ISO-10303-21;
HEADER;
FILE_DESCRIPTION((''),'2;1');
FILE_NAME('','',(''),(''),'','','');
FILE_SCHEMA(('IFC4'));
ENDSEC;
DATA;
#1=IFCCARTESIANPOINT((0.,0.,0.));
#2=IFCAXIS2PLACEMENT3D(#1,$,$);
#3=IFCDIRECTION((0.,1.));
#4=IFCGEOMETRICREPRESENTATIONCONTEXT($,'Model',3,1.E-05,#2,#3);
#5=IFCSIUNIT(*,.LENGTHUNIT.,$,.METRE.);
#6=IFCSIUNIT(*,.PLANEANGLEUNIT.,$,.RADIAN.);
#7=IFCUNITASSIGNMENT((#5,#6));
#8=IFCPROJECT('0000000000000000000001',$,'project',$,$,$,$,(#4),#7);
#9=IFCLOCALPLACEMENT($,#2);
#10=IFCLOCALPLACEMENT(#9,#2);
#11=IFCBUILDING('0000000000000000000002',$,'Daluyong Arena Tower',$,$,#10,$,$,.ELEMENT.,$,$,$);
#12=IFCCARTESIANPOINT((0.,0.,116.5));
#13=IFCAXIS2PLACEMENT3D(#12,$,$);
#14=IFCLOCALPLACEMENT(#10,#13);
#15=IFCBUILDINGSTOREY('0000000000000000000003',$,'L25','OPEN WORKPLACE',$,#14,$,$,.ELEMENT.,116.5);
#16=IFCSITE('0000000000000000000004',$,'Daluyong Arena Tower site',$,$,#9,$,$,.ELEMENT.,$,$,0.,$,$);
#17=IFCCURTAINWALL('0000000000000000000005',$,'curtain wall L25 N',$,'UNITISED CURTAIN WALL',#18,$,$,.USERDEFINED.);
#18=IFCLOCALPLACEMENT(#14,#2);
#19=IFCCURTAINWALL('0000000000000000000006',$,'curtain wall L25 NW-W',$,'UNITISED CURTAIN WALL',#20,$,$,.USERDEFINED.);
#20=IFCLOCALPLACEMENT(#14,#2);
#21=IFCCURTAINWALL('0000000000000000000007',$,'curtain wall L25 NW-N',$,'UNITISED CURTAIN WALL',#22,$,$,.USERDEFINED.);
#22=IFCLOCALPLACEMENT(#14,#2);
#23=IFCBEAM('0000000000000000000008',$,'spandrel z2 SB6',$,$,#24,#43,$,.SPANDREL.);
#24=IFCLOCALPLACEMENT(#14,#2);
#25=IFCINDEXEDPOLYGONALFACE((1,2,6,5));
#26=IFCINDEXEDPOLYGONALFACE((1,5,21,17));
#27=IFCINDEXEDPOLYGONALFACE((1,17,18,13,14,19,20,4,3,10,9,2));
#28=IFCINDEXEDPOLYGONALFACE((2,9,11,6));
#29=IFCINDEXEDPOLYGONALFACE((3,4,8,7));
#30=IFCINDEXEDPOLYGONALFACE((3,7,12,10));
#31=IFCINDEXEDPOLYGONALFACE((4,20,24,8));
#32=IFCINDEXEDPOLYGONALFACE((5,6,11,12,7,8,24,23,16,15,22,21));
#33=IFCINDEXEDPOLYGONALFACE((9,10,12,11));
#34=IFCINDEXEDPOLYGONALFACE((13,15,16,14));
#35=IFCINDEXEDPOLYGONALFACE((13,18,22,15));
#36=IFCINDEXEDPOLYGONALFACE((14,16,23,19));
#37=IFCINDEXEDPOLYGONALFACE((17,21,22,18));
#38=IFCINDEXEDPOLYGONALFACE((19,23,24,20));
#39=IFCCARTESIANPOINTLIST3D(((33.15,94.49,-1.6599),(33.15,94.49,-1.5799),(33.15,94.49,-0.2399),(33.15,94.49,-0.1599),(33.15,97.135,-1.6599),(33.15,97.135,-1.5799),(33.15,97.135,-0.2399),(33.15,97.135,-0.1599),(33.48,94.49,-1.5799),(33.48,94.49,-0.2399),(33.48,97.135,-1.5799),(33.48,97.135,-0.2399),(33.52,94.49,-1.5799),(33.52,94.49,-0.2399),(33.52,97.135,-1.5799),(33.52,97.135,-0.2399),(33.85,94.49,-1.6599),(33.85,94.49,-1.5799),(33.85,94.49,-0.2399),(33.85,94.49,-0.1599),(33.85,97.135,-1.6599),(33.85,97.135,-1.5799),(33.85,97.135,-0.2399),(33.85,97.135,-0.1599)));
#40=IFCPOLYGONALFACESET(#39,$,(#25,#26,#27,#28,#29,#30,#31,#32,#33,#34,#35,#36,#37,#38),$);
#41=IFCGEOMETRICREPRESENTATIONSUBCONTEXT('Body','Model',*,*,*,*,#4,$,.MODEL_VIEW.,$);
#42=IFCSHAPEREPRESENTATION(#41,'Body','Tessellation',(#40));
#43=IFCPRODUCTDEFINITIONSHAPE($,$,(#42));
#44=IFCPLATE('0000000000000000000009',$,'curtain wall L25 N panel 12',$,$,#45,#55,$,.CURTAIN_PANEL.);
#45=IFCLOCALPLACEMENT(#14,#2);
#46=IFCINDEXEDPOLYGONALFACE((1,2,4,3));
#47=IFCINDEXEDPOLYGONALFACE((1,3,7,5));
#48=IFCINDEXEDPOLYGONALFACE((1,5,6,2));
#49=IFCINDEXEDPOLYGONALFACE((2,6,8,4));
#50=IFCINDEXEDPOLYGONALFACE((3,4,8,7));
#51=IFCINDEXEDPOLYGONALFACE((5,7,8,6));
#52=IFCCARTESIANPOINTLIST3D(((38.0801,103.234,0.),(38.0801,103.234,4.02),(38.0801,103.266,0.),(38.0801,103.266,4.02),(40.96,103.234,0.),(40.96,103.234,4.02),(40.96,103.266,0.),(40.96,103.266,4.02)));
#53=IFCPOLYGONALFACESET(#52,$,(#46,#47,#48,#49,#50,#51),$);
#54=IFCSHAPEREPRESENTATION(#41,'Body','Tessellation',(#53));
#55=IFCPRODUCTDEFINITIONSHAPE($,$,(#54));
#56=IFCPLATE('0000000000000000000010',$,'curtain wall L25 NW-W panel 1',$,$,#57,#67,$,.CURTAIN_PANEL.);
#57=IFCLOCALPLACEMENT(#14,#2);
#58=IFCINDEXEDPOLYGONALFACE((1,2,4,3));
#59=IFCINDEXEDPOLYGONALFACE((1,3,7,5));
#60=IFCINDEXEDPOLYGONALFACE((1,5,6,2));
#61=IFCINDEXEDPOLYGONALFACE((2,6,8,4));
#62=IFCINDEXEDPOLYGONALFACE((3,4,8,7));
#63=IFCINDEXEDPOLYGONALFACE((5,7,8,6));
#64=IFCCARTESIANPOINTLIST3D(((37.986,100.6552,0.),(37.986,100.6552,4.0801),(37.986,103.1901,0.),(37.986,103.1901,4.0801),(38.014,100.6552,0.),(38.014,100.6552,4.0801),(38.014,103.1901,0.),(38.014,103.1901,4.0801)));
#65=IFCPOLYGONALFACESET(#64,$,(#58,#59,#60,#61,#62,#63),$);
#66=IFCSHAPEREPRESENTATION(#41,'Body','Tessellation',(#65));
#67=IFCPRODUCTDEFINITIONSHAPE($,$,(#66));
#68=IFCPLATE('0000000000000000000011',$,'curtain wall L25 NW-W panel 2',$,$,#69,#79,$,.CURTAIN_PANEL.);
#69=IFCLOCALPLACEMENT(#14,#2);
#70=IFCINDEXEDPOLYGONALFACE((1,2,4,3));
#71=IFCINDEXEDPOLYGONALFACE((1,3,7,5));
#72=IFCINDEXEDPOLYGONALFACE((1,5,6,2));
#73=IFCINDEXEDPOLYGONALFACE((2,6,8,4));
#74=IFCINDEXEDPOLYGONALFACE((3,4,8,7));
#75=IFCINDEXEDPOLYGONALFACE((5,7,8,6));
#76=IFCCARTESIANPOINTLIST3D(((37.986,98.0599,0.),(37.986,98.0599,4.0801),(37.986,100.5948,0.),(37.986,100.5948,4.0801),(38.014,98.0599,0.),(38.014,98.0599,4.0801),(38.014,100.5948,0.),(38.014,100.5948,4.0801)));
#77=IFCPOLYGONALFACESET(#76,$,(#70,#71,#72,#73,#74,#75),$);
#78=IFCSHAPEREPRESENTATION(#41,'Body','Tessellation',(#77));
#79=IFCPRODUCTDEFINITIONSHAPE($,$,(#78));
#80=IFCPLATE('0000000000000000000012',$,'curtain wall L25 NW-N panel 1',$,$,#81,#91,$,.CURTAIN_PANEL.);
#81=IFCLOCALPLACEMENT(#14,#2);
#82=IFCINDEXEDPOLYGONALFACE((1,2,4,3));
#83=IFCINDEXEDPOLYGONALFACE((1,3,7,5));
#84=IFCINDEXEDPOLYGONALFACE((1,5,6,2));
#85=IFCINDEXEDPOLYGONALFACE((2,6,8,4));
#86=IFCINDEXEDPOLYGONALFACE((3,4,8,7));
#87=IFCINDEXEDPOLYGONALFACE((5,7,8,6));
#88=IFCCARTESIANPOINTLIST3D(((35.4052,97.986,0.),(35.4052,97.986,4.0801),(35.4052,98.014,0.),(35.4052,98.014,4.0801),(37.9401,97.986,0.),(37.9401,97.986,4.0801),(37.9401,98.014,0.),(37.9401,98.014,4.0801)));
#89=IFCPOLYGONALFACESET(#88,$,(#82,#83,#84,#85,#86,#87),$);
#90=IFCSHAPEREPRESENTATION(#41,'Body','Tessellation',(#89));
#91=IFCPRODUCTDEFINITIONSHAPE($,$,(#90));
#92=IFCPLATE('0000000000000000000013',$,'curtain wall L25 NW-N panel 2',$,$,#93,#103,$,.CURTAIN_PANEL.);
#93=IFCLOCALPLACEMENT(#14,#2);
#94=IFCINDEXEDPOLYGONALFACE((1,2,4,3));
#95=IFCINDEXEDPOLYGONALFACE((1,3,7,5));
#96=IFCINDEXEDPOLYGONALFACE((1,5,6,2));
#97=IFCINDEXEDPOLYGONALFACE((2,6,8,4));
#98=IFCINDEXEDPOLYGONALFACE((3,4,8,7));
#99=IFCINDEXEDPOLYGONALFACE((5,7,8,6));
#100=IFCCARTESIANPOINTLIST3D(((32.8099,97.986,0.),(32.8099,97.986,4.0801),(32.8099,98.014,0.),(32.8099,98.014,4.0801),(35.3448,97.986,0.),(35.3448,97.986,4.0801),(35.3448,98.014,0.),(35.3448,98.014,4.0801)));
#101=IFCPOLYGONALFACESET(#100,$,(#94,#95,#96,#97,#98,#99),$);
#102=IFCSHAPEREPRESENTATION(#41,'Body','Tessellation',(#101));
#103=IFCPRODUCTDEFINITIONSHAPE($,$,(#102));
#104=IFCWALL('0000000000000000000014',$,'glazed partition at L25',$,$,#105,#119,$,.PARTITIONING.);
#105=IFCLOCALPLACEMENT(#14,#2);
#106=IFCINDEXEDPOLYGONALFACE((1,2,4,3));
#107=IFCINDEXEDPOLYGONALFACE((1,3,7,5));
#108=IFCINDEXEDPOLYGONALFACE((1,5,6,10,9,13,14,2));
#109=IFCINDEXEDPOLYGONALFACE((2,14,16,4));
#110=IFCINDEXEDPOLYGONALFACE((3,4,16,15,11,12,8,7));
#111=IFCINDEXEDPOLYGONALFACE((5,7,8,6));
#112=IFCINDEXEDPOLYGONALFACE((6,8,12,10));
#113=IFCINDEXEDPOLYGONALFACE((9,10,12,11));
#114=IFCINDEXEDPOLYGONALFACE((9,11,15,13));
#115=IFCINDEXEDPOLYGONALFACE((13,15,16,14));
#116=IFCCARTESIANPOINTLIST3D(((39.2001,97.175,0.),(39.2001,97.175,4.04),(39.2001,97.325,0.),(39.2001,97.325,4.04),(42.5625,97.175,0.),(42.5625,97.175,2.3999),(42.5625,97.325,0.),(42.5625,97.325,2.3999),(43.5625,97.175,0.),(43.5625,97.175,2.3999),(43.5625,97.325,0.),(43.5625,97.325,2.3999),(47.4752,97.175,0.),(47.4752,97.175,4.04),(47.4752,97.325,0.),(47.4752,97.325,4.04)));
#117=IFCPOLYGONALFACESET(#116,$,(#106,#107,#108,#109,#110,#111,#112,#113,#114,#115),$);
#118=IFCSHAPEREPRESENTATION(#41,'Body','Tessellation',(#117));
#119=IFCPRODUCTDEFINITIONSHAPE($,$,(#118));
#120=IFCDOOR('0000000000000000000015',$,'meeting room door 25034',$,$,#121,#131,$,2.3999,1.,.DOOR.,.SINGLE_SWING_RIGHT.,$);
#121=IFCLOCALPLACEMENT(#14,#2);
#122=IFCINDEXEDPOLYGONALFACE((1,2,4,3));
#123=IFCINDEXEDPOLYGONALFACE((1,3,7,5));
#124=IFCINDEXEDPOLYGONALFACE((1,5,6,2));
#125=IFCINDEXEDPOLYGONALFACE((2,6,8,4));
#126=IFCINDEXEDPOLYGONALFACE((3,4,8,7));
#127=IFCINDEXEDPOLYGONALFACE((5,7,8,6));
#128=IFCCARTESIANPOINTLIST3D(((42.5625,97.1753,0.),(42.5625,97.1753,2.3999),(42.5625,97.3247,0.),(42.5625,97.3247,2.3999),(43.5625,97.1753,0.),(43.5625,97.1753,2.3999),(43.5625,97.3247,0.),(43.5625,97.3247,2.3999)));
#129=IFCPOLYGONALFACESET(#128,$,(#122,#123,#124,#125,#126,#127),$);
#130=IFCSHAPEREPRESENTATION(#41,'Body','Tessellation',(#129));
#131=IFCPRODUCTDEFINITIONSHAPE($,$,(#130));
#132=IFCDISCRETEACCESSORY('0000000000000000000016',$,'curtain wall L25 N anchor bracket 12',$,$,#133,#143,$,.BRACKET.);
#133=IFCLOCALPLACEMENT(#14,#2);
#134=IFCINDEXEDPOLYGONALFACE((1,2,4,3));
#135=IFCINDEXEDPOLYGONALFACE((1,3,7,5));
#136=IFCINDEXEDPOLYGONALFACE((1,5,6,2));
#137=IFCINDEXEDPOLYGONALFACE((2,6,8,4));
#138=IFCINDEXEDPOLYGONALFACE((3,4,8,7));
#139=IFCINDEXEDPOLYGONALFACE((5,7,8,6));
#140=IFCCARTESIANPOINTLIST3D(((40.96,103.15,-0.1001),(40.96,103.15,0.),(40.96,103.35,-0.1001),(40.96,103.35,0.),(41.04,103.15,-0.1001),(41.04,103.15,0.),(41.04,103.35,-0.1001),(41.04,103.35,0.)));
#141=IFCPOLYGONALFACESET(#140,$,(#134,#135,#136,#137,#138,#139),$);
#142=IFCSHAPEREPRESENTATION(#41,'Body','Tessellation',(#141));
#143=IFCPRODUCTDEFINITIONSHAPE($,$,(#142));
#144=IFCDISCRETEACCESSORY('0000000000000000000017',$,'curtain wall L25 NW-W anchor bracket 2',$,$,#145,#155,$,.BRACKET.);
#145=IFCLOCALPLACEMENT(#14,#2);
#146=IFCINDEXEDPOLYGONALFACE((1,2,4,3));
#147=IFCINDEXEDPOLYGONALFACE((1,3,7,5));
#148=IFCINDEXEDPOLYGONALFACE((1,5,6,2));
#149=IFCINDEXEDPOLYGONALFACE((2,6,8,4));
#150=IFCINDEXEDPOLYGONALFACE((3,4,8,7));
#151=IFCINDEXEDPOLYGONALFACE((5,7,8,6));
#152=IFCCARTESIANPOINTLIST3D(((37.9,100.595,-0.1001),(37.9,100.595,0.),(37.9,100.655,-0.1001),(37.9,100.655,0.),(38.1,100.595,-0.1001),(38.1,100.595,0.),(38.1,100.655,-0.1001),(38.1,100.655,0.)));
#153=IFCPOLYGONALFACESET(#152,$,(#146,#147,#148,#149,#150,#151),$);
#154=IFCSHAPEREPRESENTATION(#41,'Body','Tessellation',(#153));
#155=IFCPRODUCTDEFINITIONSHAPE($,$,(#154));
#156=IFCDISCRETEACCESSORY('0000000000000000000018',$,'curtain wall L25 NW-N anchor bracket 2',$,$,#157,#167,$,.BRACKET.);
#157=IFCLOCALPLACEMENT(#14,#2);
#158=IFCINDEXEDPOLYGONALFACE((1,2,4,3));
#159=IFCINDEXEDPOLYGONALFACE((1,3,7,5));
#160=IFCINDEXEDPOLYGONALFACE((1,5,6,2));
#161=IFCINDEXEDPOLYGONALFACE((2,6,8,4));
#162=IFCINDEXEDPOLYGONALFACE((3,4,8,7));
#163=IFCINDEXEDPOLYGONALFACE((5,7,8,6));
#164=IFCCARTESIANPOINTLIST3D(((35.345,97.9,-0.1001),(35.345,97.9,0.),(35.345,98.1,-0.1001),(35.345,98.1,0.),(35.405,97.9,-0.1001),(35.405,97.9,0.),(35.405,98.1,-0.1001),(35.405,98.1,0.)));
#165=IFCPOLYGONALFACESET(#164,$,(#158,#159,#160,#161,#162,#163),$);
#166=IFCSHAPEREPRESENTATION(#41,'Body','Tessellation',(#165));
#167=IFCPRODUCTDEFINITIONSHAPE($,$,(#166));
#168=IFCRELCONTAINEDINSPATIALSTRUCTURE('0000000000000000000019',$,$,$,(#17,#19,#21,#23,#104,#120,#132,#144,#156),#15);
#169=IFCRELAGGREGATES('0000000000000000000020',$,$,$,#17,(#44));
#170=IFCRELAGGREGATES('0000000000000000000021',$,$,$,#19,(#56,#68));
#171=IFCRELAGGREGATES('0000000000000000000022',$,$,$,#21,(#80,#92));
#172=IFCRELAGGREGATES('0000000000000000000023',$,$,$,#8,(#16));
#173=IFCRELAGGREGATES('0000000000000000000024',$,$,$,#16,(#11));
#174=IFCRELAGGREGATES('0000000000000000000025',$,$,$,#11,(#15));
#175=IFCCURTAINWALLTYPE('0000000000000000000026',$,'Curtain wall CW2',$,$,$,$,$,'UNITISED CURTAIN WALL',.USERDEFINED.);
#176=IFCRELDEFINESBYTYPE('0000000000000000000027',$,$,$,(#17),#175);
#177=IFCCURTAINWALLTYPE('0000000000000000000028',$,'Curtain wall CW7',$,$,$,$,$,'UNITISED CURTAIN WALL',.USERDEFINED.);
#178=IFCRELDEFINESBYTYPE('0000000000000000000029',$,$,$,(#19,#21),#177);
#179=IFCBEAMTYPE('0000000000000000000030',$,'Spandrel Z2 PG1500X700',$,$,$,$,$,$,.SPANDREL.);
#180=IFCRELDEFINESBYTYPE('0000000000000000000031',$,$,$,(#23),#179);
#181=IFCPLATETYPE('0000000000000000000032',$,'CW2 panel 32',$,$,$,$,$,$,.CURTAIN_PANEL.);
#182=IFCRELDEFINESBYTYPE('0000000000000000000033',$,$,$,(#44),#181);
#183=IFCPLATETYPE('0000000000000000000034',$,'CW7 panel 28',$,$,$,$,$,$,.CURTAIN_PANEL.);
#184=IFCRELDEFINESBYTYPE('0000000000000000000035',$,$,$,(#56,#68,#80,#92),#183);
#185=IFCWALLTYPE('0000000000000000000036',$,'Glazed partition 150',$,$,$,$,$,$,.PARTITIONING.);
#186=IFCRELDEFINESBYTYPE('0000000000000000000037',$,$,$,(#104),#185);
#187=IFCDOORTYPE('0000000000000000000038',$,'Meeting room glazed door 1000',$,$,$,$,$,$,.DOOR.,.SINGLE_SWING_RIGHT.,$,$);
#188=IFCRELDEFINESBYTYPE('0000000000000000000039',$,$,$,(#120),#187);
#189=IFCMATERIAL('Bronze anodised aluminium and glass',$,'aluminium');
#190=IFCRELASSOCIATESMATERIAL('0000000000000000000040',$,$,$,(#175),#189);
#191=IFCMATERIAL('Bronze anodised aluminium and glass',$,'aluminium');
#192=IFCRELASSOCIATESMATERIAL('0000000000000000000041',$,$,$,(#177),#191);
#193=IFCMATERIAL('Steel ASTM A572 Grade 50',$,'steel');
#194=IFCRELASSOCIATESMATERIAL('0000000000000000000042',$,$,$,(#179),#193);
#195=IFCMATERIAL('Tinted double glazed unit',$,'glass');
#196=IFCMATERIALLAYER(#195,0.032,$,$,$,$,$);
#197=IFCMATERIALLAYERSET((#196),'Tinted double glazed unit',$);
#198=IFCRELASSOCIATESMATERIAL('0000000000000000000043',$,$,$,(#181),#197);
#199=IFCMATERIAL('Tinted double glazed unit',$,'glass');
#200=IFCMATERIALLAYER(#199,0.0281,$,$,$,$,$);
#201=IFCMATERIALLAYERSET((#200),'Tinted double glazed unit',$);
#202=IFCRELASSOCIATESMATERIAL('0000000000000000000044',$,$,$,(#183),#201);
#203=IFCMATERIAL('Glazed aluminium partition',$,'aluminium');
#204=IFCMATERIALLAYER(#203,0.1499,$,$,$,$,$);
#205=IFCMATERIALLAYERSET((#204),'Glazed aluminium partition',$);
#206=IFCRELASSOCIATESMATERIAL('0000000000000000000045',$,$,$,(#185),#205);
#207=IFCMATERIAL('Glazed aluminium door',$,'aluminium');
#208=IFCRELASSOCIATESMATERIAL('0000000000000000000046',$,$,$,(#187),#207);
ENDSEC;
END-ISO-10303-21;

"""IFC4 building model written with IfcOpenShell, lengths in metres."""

from ifc_helpers import new_model, si_unit, direction, frame, frame_2d, origin, origin_2d, place, context, subcontext, project, spatial, rectangle, i_section, extrude, material, layer, layer_set, material_profile, profile_set, type_object, element, fill, aggregate, save


model = new_model("IFC4")

# Units and contexts
model_context = context("Model", 3, precision=1e-05, world=origin(), true_north=direction((0.0, 1.0)))
body_context = subcontext(model_context, "Body", "Model", "MODEL_VIEW")
ifc_project = project(units=[si_unit("LENGTHUNIT", "METRE"), si_unit("PLANEANGLEUNIT", "RADIAN")], contexts=[model_context])

# Site, building, storey
site_placement = place(None, origin())
site = spatial("IfcSite", under=ifc_project, at=site_placement, Name="Daluyong Arena Tower site", CompositionType="ELEMENT", RefElevation=0.0)
building_placement = place(site_placement, origin())
building = spatial("IfcBuilding", under=site, at=building_placement, Name="Daluyong Arena Tower", CompositionType="ELEMENT")
storey_placement = place(building_placement, frame((0.0, 0.0, 116.5)))
storey = spatial("IfcBuildingStorey", under=building, at=storey_placement, Name="L25", Description="OPEN WORKPLACE", CompositionType="ELEMENT", Elevation=116.5)

# Curtain wall
ifc_material_1 = material(Name="Bronze anodised aluminium and glass", Category="aluminium")
curtain_wall_type_1 = type_object("IfcCurtainWallType", Name="Curtain wall CW2", ElementType="UNITISED CURTAIN WALL", PredefinedType="USERDEFINED", material=ifc_material_1)
curtain_wall_1_placement = place(storey_placement, origin())
curtain_wall_1 = element("IfcCurtainWall", 1, at=curtain_wall_1_placement, inside=storey, type_object=curtain_wall_type_1, Name="curtain wall L25 N", ObjectType="UNITISED CURTAIN WALL", PredefinedType="USERDEFINED")

# Curtain walls
ifc_material_2 = material(Name="Bronze anodised aluminium and glass", Category="aluminium")
curtain_wall_type_2 = type_object("IfcCurtainWallType", Name="Curtain wall CW7", ElementType="UNITISED CURTAIN WALL", PredefinedType="USERDEFINED", material=ifc_material_2)
curtain_wall_2_placement = place(storey_placement, origin())
curtain_wall_2 = element("IfcCurtainWall", 2, at=curtain_wall_2_placement, inside=storey, type_object=curtain_wall_type_2, Name="curtain wall L25 NW-W", ObjectType="UNITISED CURTAIN WALL", PredefinedType="USERDEFINED")
curtain_wall_3_placement = place(storey_placement, origin())
curtain_wall_3 = element("IfcCurtainWall", 3, at=curtain_wall_3_placement, inside=storey, type_object=curtain_wall_type_2, Name="curtain wall L25 NW-N", ObjectType="UNITISED CURTAIN WALL", PredefinedType="USERDEFINED")

# Beam
ifc_material_3 = material(Name="Steel ASTM A572 Grade 50", Category="steel")
ifc_material_profile_1 = material_profile(ifc_material_3, i_section(OverallWidth=0.7, OverallDepth=1.5, WebThickness=0.04, FlangeThickness=0.08, at=origin_2d()))
ifc_profile_set_1 = profile_set([ifc_material_profile_1], Name="Steel ASTM A572 Grade 50")
beam_type_1 = type_object("IfcBeamType", Name="Spandrel Z2 PG1500X700", PredefinedType="SPANDREL", material=ifc_profile_set_1)
beam_1_placement = place(storey_placement, frame((33.5, 97.135, -0.9099), z_axis=(0.0, -1.0, 0.0), x_axis=(1.0, 0.0, 0.0)))
element("IfcBeam", 4, at=beam_1_placement, inside=storey, type_object=beam_type_1, Name="spandrel z2 SB6", PredefinedType="SPANDREL", context=body_context, shape_type="SweptSolid", body=[
    extrude(i_section(OverallWidth=0.7, OverallDepth=1.5, WebThickness=0.04, FlangeThickness=0.08, at=origin_2d()), origin(), (0.0, 0.0, 1.0), 2.645),
])

# Plates
ifc_material_4 = material(Name="Tinted double glazed unit", Category="glass")
ifc_layer_1 = layer(ifc_material_4, 0.032)
ifc_layer_set_1 = layer_set([ifc_layer_1], Name="Tinted double glazed unit")
plate_type_1 = type_object("IfcPlateType", Name="CW2 panel 32", PredefinedType="CURTAIN_PANEL", material=ifc_layer_set_1)
plate_1_placement = place(storey_placement, frame((39.52, 103.25, 0.0), z_axis=(0.0, 0.0, 1.0), x_axis=(-1.0, 0.0, 0.0)))
plate_1 = element("IfcPlate", 5, at=plate_1_placement, type_object=plate_type_1, Name="curtain wall L25 N panel 12", PredefinedType="CURTAIN_PANEL", context=body_context, shape_type="SweptSolid", body=[
    extrude(rectangle(XDim=2.8799, YDim=0.032, at=origin_2d()), origin(), (0.0, 0.0, 1.0), 4.02),
])
aggregate(curtain_wall_1, [plate_1])
ifc_material_5 = material(Name="Tinted double glazed unit", Category="glass")
ifc_layer_2 = layer(ifc_material_5, 0.0281)
ifc_layer_set_2 = layer_set([ifc_layer_2], Name="Tinted double glazed unit")
plate_type_2 = type_object("IfcPlateType", Name="CW7 panel 28", PredefinedType="CURTAIN_PANEL", material=ifc_layer_set_2)
plate_2_placement = place(storey_placement, frame((38.0, 101.9226, 0.0), z_axis=(0.0, 0.0, 1.0), x_axis=(0.0, -1.0, 0.0)))
plate_2 = element("IfcPlate", 6, at=plate_2_placement, type_object=plate_type_2, Name="curtain wall L25 NW-W panel 1", PredefinedType="CURTAIN_PANEL", context=body_context, shape_type="SweptSolid", body=[
    extrude(rectangle(XDim=2.5349, YDim=0.0281, at=origin_2d()), origin(), (0.0, 0.0, 1.0), 4.0801),
])
plate_3_placement = place(storey_placement, frame((38.0, 99.3274, 0.0), z_axis=(0.0, 0.0, 1.0), x_axis=(0.0, -1.0, 0.0)))
plate_3 = element("IfcPlate", 7, at=plate_3_placement, type_object=plate_type_2, Name="curtain wall L25 NW-W panel 2", PredefinedType="CURTAIN_PANEL", context=body_context, shape_type="SweptSolid", body=[
    extrude(rectangle(XDim=2.5349, YDim=0.0281, at=origin_2d()), origin(), (0.0, 0.0, 1.0), 4.0801),
])
aggregate(curtain_wall_2, [plate_2, plate_3])
plate_4_placement = place(storey_placement, frame((36.6726, 98.0, 0.0), z_axis=(0.0, 0.0, 1.0), x_axis=(-1.0, 0.0, 0.0)))
plate_4 = element("IfcPlate", 8, at=plate_4_placement, type_object=plate_type_2, Name="curtain wall L25 NW-N panel 1", PredefinedType="CURTAIN_PANEL", context=body_context, shape_type="SweptSolid", body=[
    extrude(rectangle(XDim=2.5349, YDim=0.0281, at=origin_2d()), origin(), (0.0, 0.0, 1.0), 4.0801),
])
plate_5_placement = place(storey_placement, frame((34.0774, 98.0, 0.0), z_axis=(0.0, 0.0, 1.0), x_axis=(-1.0, 0.0, 0.0)))
plate_5 = element("IfcPlate", 9, at=plate_5_placement, type_object=plate_type_2, Name="curtain wall L25 NW-N panel 2", PredefinedType="CURTAIN_PANEL", context=body_context, shape_type="SweptSolid", body=[
    extrude(rectangle(XDim=2.5349, YDim=0.0281, at=origin_2d()), origin(), (0.0, 0.0, 1.0), 4.0801),
])
aggregate(curtain_wall_3, [plate_4, plate_5])

# Wall, opening, door
ifc_material_6 = material(Name="Glazed aluminium partition", Category="aluminium")
ifc_layer_3 = layer(ifc_material_6, 0.1499)
ifc_layer_set_3 = layer_set([ifc_layer_3], Name="Glazed aluminium partition")
wall_type = type_object("IfcWallType", Name="Glazed partition 150", PredefinedType="PARTITIONING", material=ifc_layer_set_3)
wall_placement = place(storey_placement, frame((39.2, 97.25, 0.0), z_axis=(0.0, 0.0, 1.0), x_axis=(1.0, 0.0, 0.0)))
wall = element("IfcWall", 10, at=wall_placement, inside=storey, type_object=wall_type, Name="glazed partition at L25", PredefinedType="PARTITIONING", context=body_context, shape_type="SweptSolid", body=[
    extrude(rectangle(XDim=8.2751, YDim=0.1499, at=frame_2d((4.1377, 0.0))), origin(), (0.0, 0.0, 1.0), 4.04),
])
opening_placement = place(wall_placement, frame((3.3625, 0.0, 0.0)))
opening = element("IfcOpeningElement", 11, at=opening_placement, cuts=wall, PredefinedType="OPENING", context=body_context, shape_type="SweptSolid", body=[
    extrude(rectangle(XDim=1.0, YDim=2.3999, at=frame_2d((0.5, 1.2))), frame((0.0, 0.085, 0.0), z_axis=(0.0, -1.0, 0.0), x_axis=(1.0, 0.0, 0.0)), (0.0, 0.0, 1.0), 0.1699),
])
ifc_material_7 = material(Name="Glazed aluminium door", Category="aluminium")
door_type = type_object("IfcDoorType", Name="Meeting room glazed door 1000", OperationType="SINGLE_SWING_RIGHT", PredefinedType="DOOR", material=ifc_material_7)
door_placement = place(opening_placement, origin())
door = element("IfcDoor", 12, at=door_placement, inside=storey, type_object=door_type, Name="meeting room door 25034", OperationType="SINGLE_SWING_RIGHT", OverallHeight=2.3999, OverallWidth=1.0, PredefinedType="DOOR", context=body_context, shape_type="SweptSolid", body=[
    extrude(rectangle(XDim=1.0, YDim=2.3999, at=frame_2d((0.5, 1.2))), frame((0.0, 0.0747, 0.0), z_axis=(0.0, -1.0, 0.0), x_axis=(1.0, 0.0, 0.0)), (0.0, 0.0, 1.0), 0.1494),
])
fill(opening, door)

# Discrete accessories
discrete_accessory_placement = place(storey_placement, frame((41.0, 103.25, -0.1001), z_axis=(0.0, 0.0, 1.0), x_axis=(-1.0, 0.0, 0.0)))
element("IfcDiscreteAccessory", 13, at=discrete_accessory_placement, inside=storey, Name="curtain wall L25 N anchor bracket 12", PredefinedType="BRACKET", context=body_context, shape_type="SweptSolid", body=[
    extrude(rectangle(XDim=0.0801, YDim=0.2, at=origin_2d()), origin(), (0.0, 0.0, 1.0), 0.1001),
])
for number, where, z_axis, x_axis, name in (
    (14, (38.0, 100.625, -0.1001), (0.0, 0.0, 1.0), (0.0, -1.0, 0.0), "curtain wall L25 NW-W anchor bracket 2"),
    (15, (35.375, 98.0, -0.1001), (0.0, 0.0, 1.0), (-1.0, 0.0, 0.0), "curtain wall L25 NW-N anchor bracket 2"),
):
    element("IfcDiscreteAccessory", number, at=place(storey_placement, frame(where, z_axis=z_axis, x_axis=x_axis)), inside=storey, Name=name, PredefinedType="BRACKET", context=body_context, shape_type="SweptSolid", body=[
        extrude(rectangle(XDim=0.0601, YDim=0.2, at=origin_2d()), origin(), (0.0, 0.0, 1.0), 0.1001),
    ])

save(model, "model.ifc")
